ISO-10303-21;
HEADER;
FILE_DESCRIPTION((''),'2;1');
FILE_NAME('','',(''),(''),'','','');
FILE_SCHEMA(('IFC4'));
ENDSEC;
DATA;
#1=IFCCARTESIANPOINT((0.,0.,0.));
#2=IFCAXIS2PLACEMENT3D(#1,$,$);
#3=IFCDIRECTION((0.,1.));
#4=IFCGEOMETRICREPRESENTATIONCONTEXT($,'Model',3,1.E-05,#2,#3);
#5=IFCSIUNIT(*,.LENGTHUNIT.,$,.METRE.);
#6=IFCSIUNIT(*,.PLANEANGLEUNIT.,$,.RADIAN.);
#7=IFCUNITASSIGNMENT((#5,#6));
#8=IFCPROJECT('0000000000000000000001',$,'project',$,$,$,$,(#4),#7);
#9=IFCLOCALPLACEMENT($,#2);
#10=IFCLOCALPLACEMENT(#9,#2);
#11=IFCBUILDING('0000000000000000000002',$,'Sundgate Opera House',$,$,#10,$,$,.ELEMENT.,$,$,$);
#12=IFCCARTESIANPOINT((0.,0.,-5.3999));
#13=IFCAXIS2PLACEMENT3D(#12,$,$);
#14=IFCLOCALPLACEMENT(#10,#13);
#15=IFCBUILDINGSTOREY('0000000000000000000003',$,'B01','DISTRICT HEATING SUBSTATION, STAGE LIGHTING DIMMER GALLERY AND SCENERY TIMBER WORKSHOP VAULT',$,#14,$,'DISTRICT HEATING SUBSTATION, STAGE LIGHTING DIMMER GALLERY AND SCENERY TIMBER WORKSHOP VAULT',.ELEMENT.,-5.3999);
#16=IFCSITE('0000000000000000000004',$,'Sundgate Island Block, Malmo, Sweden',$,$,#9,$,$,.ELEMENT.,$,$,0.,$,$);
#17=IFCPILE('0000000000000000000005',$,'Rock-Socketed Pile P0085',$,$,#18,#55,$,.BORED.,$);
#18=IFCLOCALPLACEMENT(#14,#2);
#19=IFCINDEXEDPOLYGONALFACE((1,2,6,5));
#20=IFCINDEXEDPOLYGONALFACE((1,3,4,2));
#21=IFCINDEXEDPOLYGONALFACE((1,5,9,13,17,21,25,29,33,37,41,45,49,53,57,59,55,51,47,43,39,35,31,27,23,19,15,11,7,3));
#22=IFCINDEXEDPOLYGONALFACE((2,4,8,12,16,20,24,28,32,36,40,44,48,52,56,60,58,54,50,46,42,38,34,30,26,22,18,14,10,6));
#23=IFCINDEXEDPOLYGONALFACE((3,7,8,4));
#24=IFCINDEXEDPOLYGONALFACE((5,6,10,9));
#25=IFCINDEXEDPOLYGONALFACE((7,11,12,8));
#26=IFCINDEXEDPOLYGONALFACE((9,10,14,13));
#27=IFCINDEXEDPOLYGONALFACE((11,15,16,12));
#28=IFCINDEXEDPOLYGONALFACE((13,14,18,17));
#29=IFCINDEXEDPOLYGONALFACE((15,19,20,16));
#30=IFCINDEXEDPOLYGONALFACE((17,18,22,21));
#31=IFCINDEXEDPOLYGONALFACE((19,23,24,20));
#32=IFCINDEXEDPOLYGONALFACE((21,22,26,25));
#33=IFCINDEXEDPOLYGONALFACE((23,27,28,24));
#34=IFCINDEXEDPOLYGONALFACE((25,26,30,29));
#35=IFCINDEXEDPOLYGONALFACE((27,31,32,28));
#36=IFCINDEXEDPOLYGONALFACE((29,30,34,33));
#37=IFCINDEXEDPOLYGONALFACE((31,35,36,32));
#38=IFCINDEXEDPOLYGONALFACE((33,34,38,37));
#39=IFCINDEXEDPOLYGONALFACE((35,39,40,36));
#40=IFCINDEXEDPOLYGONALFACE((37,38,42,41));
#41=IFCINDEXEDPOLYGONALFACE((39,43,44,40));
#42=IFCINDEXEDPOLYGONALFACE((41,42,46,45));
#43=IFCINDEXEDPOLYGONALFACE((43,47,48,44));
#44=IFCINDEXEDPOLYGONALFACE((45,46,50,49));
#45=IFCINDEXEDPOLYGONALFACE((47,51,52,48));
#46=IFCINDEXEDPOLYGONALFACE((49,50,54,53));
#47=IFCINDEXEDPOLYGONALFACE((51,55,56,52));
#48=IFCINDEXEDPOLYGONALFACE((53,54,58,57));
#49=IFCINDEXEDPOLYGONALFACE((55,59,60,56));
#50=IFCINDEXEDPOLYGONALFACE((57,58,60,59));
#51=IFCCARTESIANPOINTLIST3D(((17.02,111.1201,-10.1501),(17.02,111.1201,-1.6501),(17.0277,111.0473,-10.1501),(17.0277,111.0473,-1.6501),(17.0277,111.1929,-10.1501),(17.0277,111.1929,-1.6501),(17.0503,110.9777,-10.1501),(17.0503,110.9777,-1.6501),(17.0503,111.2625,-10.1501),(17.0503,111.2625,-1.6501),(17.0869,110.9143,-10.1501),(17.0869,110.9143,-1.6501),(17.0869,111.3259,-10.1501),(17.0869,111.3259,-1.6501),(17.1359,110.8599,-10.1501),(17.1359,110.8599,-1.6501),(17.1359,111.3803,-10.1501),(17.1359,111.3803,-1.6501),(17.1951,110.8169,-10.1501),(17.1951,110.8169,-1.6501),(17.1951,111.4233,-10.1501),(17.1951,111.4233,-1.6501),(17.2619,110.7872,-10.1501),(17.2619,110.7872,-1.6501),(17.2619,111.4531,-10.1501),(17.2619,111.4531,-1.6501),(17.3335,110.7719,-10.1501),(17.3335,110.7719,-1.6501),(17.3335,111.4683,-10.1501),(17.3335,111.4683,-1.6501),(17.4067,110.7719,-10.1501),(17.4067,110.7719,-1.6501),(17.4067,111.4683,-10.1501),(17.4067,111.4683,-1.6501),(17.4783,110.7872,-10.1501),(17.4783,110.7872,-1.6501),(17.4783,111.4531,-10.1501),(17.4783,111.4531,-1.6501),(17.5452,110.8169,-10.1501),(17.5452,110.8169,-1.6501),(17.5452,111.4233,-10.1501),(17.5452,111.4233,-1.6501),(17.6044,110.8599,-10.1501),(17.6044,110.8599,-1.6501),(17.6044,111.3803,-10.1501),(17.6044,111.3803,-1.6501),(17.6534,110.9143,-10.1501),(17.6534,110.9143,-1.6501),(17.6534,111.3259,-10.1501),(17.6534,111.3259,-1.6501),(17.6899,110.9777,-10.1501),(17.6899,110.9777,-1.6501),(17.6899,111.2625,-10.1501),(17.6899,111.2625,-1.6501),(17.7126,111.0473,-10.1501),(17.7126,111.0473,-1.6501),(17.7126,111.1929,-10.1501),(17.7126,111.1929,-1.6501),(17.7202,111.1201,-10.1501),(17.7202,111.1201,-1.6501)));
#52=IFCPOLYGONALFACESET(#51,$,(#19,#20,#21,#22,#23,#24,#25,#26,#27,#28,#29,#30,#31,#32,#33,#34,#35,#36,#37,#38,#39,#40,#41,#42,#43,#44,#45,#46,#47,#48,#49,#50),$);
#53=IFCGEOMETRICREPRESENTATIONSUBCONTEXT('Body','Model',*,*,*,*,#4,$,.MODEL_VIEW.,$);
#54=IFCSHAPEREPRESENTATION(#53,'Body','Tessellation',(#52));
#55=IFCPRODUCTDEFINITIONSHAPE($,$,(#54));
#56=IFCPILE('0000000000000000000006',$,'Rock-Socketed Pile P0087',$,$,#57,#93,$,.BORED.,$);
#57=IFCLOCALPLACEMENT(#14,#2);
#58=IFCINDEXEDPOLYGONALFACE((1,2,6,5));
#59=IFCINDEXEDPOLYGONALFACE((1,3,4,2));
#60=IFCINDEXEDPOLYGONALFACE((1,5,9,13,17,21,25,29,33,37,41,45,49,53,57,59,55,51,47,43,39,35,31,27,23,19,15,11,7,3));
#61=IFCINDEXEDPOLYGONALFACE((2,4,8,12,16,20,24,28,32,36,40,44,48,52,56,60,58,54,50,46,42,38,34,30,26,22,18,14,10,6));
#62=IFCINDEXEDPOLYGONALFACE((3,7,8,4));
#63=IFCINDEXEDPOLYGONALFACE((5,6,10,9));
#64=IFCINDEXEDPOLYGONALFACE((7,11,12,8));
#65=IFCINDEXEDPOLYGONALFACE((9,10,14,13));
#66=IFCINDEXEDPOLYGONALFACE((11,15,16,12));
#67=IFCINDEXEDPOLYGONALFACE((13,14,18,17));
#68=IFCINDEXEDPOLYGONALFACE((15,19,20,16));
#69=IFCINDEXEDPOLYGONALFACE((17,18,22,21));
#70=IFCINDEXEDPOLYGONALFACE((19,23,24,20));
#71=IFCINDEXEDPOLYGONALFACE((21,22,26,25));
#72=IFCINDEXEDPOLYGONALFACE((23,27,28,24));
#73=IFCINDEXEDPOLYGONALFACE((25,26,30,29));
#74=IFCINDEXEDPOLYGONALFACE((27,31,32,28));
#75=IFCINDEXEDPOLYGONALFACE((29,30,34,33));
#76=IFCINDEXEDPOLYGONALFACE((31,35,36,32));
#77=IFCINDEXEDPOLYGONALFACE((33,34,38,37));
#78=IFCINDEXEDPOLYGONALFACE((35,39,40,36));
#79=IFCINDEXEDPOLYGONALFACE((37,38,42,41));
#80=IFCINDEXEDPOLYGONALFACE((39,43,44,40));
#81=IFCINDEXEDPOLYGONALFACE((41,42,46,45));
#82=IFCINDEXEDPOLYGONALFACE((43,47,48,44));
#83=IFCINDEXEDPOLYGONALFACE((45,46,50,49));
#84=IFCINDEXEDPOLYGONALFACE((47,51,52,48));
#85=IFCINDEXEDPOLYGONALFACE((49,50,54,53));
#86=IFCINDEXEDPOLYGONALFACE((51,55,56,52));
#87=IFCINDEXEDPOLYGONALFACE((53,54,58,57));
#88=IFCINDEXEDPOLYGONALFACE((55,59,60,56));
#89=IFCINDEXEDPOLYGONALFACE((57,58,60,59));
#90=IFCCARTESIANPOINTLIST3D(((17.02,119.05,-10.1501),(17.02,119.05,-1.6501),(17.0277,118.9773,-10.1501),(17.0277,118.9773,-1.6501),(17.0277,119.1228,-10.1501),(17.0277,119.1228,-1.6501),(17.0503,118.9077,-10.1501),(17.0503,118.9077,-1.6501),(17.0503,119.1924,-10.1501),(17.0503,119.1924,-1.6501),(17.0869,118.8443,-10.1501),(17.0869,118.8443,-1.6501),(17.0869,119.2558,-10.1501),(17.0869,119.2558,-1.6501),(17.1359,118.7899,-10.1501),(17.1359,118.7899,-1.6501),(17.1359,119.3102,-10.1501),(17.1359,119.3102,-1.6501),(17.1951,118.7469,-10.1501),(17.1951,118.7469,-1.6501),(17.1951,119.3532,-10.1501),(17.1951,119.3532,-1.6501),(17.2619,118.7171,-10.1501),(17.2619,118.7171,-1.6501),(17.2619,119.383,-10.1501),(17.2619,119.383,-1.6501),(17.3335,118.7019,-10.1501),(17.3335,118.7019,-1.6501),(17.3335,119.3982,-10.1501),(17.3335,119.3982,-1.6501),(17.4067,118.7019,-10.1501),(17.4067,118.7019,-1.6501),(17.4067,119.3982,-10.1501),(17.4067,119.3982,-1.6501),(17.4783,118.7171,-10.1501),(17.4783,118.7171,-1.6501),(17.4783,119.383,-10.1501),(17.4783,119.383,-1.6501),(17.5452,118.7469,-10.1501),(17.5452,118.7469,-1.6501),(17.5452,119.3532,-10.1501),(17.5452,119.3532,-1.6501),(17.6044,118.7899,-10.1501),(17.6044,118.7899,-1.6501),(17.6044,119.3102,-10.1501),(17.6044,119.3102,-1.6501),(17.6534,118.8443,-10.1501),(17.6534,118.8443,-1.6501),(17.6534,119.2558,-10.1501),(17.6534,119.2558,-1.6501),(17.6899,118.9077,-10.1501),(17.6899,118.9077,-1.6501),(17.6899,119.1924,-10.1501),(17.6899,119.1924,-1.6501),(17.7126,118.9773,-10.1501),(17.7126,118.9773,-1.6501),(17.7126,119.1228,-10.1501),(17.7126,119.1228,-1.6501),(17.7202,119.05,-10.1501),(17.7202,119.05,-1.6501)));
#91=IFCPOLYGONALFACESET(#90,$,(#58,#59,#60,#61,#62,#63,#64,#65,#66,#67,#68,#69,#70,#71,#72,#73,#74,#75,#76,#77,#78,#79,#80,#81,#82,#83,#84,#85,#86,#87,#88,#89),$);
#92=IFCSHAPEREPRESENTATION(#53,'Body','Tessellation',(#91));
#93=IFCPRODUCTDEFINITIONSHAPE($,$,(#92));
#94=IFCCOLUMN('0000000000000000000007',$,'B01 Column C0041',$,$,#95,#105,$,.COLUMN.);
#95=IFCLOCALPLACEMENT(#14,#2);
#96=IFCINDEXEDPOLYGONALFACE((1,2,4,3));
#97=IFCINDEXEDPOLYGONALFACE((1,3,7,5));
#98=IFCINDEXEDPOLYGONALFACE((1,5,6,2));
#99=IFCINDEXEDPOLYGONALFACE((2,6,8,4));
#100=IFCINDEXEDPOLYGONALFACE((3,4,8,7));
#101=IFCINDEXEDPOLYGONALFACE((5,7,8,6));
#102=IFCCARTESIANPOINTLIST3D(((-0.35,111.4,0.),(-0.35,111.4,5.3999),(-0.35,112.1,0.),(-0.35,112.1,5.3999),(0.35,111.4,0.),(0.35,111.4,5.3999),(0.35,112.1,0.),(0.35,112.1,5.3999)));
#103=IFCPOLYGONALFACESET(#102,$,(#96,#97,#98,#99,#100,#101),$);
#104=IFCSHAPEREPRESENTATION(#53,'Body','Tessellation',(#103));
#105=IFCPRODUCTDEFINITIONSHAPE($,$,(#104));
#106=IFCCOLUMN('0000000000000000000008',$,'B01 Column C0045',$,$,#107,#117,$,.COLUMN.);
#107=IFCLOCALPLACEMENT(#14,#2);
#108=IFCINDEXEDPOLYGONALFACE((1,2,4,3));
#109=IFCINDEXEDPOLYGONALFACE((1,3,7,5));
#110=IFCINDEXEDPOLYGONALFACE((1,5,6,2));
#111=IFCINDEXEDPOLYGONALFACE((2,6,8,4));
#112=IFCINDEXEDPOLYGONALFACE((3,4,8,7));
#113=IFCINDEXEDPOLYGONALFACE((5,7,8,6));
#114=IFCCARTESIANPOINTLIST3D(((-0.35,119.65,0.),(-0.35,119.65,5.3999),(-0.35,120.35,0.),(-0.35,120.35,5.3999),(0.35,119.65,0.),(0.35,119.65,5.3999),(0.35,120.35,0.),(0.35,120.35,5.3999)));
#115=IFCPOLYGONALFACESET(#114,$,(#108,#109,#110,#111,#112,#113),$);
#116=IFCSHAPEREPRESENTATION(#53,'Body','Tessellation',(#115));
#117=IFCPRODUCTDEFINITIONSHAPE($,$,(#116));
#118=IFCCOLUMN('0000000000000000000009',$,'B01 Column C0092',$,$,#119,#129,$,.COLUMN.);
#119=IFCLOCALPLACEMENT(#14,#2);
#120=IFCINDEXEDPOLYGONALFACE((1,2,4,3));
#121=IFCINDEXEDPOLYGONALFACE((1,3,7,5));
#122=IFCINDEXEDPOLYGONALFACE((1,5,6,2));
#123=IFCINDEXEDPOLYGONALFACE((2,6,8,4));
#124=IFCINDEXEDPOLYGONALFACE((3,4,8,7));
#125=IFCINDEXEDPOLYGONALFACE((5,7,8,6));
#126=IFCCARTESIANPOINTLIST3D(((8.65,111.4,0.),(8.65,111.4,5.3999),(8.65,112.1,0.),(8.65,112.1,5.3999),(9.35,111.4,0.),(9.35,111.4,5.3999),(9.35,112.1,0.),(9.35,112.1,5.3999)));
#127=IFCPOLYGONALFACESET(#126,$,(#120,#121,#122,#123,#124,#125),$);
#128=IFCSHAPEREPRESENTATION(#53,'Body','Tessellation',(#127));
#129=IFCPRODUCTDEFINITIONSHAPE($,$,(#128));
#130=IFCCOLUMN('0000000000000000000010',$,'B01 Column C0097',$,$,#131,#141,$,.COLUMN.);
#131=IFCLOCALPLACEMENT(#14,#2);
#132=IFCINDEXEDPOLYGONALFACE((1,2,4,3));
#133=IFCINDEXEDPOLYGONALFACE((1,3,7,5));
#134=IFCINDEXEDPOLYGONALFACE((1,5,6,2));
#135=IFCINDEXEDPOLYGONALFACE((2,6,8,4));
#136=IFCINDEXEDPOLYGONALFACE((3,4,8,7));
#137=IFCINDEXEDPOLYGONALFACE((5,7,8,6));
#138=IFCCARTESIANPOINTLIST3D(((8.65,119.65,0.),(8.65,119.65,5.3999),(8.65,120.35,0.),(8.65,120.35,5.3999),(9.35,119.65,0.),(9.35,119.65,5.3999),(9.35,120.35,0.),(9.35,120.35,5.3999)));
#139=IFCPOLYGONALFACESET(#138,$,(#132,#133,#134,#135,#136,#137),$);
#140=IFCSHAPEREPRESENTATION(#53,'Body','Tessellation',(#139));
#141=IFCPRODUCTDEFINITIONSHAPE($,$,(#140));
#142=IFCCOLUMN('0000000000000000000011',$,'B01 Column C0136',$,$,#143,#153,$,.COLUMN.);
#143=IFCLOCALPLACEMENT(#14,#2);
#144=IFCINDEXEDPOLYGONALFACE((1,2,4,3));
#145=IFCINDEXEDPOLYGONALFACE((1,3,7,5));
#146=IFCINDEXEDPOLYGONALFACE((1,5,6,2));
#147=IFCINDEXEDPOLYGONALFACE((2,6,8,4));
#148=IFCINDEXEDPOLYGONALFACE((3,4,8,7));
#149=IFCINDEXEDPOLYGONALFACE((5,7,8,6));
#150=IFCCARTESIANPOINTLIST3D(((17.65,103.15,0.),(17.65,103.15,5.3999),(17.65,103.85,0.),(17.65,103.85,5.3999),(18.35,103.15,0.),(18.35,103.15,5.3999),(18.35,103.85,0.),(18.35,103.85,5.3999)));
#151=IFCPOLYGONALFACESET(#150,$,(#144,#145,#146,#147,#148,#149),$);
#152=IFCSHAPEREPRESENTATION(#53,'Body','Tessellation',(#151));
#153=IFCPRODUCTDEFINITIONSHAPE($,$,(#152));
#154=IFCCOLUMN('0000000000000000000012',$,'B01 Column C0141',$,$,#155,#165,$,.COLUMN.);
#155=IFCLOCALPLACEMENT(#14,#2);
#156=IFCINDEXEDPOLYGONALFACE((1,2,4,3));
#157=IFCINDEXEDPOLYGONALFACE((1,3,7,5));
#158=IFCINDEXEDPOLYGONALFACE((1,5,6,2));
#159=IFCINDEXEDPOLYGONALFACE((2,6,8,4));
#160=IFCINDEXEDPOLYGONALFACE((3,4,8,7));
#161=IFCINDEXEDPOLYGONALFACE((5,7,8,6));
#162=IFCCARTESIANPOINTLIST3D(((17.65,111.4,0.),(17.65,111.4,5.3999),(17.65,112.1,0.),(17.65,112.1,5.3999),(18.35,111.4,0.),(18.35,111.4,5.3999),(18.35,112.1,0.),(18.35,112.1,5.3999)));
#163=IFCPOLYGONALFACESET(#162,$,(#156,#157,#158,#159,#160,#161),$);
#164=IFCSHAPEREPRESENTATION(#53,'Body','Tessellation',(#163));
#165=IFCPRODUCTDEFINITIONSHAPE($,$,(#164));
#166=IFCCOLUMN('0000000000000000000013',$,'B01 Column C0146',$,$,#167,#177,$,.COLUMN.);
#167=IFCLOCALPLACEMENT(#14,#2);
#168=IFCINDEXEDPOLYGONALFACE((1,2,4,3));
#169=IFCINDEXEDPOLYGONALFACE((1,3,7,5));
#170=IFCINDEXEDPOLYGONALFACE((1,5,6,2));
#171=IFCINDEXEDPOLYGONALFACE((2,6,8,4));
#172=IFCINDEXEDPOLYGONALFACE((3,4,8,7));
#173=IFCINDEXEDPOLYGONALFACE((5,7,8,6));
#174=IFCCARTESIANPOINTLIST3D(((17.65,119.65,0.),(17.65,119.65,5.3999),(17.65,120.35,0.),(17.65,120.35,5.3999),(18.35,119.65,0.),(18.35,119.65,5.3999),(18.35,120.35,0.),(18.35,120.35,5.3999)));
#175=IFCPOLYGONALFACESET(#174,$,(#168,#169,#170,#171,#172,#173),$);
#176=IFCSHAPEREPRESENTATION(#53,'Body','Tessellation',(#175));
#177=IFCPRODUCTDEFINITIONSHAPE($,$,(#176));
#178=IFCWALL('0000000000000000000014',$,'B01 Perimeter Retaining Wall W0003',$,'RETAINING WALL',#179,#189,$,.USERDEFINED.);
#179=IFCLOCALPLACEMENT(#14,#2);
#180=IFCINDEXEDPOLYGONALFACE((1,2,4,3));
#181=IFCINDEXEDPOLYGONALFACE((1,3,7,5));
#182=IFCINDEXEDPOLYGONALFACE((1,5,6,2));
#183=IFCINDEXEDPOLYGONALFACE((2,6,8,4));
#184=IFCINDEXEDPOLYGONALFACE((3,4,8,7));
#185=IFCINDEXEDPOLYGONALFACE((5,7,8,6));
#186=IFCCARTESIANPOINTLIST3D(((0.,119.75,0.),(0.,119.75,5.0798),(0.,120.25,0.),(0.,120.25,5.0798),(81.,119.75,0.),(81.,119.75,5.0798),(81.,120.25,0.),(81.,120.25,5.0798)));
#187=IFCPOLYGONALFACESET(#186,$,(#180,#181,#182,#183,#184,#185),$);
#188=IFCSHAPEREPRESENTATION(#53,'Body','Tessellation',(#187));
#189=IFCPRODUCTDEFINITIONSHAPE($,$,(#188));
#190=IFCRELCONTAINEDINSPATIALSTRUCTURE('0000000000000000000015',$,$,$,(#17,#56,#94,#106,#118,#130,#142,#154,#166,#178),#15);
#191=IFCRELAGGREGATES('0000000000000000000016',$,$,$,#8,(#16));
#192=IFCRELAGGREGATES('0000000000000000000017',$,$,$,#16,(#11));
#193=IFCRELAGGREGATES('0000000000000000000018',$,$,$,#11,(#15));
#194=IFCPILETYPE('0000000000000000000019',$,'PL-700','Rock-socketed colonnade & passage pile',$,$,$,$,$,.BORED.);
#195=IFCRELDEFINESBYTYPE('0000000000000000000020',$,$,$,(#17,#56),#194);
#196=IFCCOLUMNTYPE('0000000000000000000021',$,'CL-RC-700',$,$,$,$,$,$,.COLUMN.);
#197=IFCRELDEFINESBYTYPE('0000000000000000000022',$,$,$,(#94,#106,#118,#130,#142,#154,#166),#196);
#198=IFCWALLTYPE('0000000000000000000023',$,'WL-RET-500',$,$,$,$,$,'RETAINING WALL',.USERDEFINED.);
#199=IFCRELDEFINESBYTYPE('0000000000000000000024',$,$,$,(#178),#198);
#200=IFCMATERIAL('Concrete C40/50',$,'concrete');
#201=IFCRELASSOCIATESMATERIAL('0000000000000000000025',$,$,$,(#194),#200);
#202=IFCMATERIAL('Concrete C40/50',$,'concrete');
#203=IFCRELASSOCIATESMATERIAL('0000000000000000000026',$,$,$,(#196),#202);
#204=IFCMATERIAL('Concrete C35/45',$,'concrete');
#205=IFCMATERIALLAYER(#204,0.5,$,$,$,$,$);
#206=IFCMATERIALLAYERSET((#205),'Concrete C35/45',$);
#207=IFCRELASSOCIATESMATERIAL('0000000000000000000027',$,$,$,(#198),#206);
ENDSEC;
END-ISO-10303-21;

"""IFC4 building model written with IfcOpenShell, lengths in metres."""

from ifc_helpers import new_model, si_unit, direction, frame, frame_2d, origin, origin_2d, place, context, subcontext, project, spatial, rectangle, circle, extrude, material, layer, layer_set, material_profile, profile_set, type_object, element, save


model = new_model("IFC4")

# Units and contexts
model_context = context("Model", 3, precision=1e-05, world=origin(), true_north=direction((0.0, 1.0)))
body_context = subcontext(model_context, "Body", "Model", "MODEL_VIEW")
ifc_project = project(units=[si_unit("LENGTHUNIT", "METRE"), si_unit("PLANEANGLEUNIT", "RADIAN")], contexts=[model_context])

# Site, building, storey
site_placement = place(None, origin())
site = spatial("IfcSite", under=ifc_project, at=site_placement, Name="Sundgate Island Block, Malmo, Sweden", CompositionType="ELEMENT", RefElevation=0.0)
building_placement = place(site_placement, origin())
building = spatial("IfcBuilding", under=site, at=building_placement, Name="Sundgate Opera House", CompositionType="ELEMENT")
storey_placement = place(building_placement, frame((0.0, 0.0, -5.3999)))
storey = spatial("IfcBuildingStorey", under=building, at=storey_placement, Name="B01", Description="DISTRICT HEATING SUBSTATION, STAGE LIGHTING DIMMER GALLERY AND SCENERY TIMBER WORKSHOP VAULT", LongName="DISTRICT HEATING SUBSTATION, STAGE LIGHTING DIMMER GALLERY AND SCENERY TIMBER WORKSHOP VAULT", CompositionType="ELEMENT", Elevation=-5.3999)

# Piles
ifc_material_1 = material(Name="Concrete C40/50", Category="concrete")
ifc_material_profile_1 = material_profile(ifc_material_1, circle(Radius=0.3501, at=origin_2d()), Name="PILE D700")
ifc_profile_set_1 = profile_set([ifc_material_profile_1], Name="Concrete C40/50")
pile_type = type_object("IfcPileType", Name="PL-700", Description="Rock-socketed colonnade & passage pile", PredefinedType="BORED", material=ifc_profile_set_1)
for number, where, z_axis, x_axis, name in (
    (1, (17.3701, 111.1201, -1.6501), (0.0, 0.0, -1.0), (1.0, 0.0, 0.0), "Rock-Socketed Pile P0085"),
    (2, (17.3701, 119.05, -1.6501), (0.0, 0.0, -1.0), (1.0, 0.0, 0.0), "Rock-Socketed Pile P0087"),
):
    element("IfcPile", number, at=place(storey_placement, frame(where, z_axis=z_axis, x_axis=x_axis)), inside=storey, type_object=pile_type, Name=name, PredefinedType="BORED", context=body_context, shape_type="SweptSolid", body=[
        extrude(circle(Radius=0.3501, at=origin_2d()), origin(), (0.0, 0.0, 1.0), 8.5),
    ])

# Columns
ifc_material_2 = material(Name="Concrete C40/50", Category="concrete")
ifc_material_profile_2 = material_profile(ifc_material_2, rectangle(XDim=0.7, YDim=0.7, at=origin_2d()), Name="RC 700x700")
ifc_profile_set_2 = profile_set([ifc_material_profile_2], Name="Concrete C40/50")
column_type = type_object("IfcColumnType", Name="CL-RC-700", PredefinedType="COLUMN", material=ifc_profile_set_2)
for number, where, z_axis, x_axis, name in (
    (3, (0.0, 111.75, 0.0), (0.0, 0.0, 1.0), (1.0, 0.0, 0.0), "B01 Column C0041"),
    (4, (0.0, 120.0, 0.0), (0.0, 0.0, 1.0), (1.0, 0.0, 0.0), "B01 Column C0045"),
    (5, (9.0, 111.75, 0.0), (0.0, 0.0, 1.0), (1.0, 0.0, 0.0), "B01 Column C0092"),
    (6, (9.0, 120.0, 0.0), (0.0, 0.0, 1.0), (1.0, 0.0, 0.0), "B01 Column C0097"),
    (7, (18.0, 103.5, 0.0), (0.0, 0.0, 1.0), (1.0, 0.0, 0.0), "B01 Column C0136"),
    (8, (18.0, 111.75, 0.0), (0.0, 0.0, 1.0), (1.0, 0.0, 0.0), "B01 Column C0141"),
    (9, (18.0, 120.0, 0.0), (0.0, 0.0, 1.0), (1.0, 0.0, 0.0), "B01 Column C0146"),
):
    element("IfcColumn", number, at=place(storey_placement, frame(where, z_axis=z_axis, x_axis=x_axis)), inside=storey, type_object=column_type, Name=name, PredefinedType="COLUMN", context=body_context, shape_type="SweptSolid", body=[
        extrude(rectangle(XDim=0.7, YDim=0.7, at=origin_2d()), origin(), (0.0, 0.0, 1.0), 5.3999),
    ])

# Wall
ifc_material_3 = material(Name="Concrete C35/45", Category="concrete")
ifc_layer = layer(ifc_material_3, 0.5)
ifc_layer_set = layer_set([ifc_layer], Name="Concrete C35/45")
wall_type = type_object("IfcWallType", Name="WL-RET-500", ElementType="RETAINING WALL", PredefinedType="USERDEFINED", material=ifc_layer_set)
wall_placement = place(storey_placement, frame((0.0, 120.0, 0.0), z_axis=(0.0, 0.0, 1.0), x_axis=(1.0, 0.0, 0.0)))
element("IfcWall", 10, at=wall_placement, inside=storey, type_object=wall_type, Name="B01 Perimeter Retaining Wall W0003", ObjectType="RETAINING WALL", PredefinedType="USERDEFINED", context=body_context, shape_type="SweptSolid", body=[
    extrude(rectangle(XDim=81.0, YDim=0.5, at=frame_2d((40.5, 0.0))), origin(), (0.0, 0.0, 1.0), 5.0798),
])

save(model, "model.ifc")
